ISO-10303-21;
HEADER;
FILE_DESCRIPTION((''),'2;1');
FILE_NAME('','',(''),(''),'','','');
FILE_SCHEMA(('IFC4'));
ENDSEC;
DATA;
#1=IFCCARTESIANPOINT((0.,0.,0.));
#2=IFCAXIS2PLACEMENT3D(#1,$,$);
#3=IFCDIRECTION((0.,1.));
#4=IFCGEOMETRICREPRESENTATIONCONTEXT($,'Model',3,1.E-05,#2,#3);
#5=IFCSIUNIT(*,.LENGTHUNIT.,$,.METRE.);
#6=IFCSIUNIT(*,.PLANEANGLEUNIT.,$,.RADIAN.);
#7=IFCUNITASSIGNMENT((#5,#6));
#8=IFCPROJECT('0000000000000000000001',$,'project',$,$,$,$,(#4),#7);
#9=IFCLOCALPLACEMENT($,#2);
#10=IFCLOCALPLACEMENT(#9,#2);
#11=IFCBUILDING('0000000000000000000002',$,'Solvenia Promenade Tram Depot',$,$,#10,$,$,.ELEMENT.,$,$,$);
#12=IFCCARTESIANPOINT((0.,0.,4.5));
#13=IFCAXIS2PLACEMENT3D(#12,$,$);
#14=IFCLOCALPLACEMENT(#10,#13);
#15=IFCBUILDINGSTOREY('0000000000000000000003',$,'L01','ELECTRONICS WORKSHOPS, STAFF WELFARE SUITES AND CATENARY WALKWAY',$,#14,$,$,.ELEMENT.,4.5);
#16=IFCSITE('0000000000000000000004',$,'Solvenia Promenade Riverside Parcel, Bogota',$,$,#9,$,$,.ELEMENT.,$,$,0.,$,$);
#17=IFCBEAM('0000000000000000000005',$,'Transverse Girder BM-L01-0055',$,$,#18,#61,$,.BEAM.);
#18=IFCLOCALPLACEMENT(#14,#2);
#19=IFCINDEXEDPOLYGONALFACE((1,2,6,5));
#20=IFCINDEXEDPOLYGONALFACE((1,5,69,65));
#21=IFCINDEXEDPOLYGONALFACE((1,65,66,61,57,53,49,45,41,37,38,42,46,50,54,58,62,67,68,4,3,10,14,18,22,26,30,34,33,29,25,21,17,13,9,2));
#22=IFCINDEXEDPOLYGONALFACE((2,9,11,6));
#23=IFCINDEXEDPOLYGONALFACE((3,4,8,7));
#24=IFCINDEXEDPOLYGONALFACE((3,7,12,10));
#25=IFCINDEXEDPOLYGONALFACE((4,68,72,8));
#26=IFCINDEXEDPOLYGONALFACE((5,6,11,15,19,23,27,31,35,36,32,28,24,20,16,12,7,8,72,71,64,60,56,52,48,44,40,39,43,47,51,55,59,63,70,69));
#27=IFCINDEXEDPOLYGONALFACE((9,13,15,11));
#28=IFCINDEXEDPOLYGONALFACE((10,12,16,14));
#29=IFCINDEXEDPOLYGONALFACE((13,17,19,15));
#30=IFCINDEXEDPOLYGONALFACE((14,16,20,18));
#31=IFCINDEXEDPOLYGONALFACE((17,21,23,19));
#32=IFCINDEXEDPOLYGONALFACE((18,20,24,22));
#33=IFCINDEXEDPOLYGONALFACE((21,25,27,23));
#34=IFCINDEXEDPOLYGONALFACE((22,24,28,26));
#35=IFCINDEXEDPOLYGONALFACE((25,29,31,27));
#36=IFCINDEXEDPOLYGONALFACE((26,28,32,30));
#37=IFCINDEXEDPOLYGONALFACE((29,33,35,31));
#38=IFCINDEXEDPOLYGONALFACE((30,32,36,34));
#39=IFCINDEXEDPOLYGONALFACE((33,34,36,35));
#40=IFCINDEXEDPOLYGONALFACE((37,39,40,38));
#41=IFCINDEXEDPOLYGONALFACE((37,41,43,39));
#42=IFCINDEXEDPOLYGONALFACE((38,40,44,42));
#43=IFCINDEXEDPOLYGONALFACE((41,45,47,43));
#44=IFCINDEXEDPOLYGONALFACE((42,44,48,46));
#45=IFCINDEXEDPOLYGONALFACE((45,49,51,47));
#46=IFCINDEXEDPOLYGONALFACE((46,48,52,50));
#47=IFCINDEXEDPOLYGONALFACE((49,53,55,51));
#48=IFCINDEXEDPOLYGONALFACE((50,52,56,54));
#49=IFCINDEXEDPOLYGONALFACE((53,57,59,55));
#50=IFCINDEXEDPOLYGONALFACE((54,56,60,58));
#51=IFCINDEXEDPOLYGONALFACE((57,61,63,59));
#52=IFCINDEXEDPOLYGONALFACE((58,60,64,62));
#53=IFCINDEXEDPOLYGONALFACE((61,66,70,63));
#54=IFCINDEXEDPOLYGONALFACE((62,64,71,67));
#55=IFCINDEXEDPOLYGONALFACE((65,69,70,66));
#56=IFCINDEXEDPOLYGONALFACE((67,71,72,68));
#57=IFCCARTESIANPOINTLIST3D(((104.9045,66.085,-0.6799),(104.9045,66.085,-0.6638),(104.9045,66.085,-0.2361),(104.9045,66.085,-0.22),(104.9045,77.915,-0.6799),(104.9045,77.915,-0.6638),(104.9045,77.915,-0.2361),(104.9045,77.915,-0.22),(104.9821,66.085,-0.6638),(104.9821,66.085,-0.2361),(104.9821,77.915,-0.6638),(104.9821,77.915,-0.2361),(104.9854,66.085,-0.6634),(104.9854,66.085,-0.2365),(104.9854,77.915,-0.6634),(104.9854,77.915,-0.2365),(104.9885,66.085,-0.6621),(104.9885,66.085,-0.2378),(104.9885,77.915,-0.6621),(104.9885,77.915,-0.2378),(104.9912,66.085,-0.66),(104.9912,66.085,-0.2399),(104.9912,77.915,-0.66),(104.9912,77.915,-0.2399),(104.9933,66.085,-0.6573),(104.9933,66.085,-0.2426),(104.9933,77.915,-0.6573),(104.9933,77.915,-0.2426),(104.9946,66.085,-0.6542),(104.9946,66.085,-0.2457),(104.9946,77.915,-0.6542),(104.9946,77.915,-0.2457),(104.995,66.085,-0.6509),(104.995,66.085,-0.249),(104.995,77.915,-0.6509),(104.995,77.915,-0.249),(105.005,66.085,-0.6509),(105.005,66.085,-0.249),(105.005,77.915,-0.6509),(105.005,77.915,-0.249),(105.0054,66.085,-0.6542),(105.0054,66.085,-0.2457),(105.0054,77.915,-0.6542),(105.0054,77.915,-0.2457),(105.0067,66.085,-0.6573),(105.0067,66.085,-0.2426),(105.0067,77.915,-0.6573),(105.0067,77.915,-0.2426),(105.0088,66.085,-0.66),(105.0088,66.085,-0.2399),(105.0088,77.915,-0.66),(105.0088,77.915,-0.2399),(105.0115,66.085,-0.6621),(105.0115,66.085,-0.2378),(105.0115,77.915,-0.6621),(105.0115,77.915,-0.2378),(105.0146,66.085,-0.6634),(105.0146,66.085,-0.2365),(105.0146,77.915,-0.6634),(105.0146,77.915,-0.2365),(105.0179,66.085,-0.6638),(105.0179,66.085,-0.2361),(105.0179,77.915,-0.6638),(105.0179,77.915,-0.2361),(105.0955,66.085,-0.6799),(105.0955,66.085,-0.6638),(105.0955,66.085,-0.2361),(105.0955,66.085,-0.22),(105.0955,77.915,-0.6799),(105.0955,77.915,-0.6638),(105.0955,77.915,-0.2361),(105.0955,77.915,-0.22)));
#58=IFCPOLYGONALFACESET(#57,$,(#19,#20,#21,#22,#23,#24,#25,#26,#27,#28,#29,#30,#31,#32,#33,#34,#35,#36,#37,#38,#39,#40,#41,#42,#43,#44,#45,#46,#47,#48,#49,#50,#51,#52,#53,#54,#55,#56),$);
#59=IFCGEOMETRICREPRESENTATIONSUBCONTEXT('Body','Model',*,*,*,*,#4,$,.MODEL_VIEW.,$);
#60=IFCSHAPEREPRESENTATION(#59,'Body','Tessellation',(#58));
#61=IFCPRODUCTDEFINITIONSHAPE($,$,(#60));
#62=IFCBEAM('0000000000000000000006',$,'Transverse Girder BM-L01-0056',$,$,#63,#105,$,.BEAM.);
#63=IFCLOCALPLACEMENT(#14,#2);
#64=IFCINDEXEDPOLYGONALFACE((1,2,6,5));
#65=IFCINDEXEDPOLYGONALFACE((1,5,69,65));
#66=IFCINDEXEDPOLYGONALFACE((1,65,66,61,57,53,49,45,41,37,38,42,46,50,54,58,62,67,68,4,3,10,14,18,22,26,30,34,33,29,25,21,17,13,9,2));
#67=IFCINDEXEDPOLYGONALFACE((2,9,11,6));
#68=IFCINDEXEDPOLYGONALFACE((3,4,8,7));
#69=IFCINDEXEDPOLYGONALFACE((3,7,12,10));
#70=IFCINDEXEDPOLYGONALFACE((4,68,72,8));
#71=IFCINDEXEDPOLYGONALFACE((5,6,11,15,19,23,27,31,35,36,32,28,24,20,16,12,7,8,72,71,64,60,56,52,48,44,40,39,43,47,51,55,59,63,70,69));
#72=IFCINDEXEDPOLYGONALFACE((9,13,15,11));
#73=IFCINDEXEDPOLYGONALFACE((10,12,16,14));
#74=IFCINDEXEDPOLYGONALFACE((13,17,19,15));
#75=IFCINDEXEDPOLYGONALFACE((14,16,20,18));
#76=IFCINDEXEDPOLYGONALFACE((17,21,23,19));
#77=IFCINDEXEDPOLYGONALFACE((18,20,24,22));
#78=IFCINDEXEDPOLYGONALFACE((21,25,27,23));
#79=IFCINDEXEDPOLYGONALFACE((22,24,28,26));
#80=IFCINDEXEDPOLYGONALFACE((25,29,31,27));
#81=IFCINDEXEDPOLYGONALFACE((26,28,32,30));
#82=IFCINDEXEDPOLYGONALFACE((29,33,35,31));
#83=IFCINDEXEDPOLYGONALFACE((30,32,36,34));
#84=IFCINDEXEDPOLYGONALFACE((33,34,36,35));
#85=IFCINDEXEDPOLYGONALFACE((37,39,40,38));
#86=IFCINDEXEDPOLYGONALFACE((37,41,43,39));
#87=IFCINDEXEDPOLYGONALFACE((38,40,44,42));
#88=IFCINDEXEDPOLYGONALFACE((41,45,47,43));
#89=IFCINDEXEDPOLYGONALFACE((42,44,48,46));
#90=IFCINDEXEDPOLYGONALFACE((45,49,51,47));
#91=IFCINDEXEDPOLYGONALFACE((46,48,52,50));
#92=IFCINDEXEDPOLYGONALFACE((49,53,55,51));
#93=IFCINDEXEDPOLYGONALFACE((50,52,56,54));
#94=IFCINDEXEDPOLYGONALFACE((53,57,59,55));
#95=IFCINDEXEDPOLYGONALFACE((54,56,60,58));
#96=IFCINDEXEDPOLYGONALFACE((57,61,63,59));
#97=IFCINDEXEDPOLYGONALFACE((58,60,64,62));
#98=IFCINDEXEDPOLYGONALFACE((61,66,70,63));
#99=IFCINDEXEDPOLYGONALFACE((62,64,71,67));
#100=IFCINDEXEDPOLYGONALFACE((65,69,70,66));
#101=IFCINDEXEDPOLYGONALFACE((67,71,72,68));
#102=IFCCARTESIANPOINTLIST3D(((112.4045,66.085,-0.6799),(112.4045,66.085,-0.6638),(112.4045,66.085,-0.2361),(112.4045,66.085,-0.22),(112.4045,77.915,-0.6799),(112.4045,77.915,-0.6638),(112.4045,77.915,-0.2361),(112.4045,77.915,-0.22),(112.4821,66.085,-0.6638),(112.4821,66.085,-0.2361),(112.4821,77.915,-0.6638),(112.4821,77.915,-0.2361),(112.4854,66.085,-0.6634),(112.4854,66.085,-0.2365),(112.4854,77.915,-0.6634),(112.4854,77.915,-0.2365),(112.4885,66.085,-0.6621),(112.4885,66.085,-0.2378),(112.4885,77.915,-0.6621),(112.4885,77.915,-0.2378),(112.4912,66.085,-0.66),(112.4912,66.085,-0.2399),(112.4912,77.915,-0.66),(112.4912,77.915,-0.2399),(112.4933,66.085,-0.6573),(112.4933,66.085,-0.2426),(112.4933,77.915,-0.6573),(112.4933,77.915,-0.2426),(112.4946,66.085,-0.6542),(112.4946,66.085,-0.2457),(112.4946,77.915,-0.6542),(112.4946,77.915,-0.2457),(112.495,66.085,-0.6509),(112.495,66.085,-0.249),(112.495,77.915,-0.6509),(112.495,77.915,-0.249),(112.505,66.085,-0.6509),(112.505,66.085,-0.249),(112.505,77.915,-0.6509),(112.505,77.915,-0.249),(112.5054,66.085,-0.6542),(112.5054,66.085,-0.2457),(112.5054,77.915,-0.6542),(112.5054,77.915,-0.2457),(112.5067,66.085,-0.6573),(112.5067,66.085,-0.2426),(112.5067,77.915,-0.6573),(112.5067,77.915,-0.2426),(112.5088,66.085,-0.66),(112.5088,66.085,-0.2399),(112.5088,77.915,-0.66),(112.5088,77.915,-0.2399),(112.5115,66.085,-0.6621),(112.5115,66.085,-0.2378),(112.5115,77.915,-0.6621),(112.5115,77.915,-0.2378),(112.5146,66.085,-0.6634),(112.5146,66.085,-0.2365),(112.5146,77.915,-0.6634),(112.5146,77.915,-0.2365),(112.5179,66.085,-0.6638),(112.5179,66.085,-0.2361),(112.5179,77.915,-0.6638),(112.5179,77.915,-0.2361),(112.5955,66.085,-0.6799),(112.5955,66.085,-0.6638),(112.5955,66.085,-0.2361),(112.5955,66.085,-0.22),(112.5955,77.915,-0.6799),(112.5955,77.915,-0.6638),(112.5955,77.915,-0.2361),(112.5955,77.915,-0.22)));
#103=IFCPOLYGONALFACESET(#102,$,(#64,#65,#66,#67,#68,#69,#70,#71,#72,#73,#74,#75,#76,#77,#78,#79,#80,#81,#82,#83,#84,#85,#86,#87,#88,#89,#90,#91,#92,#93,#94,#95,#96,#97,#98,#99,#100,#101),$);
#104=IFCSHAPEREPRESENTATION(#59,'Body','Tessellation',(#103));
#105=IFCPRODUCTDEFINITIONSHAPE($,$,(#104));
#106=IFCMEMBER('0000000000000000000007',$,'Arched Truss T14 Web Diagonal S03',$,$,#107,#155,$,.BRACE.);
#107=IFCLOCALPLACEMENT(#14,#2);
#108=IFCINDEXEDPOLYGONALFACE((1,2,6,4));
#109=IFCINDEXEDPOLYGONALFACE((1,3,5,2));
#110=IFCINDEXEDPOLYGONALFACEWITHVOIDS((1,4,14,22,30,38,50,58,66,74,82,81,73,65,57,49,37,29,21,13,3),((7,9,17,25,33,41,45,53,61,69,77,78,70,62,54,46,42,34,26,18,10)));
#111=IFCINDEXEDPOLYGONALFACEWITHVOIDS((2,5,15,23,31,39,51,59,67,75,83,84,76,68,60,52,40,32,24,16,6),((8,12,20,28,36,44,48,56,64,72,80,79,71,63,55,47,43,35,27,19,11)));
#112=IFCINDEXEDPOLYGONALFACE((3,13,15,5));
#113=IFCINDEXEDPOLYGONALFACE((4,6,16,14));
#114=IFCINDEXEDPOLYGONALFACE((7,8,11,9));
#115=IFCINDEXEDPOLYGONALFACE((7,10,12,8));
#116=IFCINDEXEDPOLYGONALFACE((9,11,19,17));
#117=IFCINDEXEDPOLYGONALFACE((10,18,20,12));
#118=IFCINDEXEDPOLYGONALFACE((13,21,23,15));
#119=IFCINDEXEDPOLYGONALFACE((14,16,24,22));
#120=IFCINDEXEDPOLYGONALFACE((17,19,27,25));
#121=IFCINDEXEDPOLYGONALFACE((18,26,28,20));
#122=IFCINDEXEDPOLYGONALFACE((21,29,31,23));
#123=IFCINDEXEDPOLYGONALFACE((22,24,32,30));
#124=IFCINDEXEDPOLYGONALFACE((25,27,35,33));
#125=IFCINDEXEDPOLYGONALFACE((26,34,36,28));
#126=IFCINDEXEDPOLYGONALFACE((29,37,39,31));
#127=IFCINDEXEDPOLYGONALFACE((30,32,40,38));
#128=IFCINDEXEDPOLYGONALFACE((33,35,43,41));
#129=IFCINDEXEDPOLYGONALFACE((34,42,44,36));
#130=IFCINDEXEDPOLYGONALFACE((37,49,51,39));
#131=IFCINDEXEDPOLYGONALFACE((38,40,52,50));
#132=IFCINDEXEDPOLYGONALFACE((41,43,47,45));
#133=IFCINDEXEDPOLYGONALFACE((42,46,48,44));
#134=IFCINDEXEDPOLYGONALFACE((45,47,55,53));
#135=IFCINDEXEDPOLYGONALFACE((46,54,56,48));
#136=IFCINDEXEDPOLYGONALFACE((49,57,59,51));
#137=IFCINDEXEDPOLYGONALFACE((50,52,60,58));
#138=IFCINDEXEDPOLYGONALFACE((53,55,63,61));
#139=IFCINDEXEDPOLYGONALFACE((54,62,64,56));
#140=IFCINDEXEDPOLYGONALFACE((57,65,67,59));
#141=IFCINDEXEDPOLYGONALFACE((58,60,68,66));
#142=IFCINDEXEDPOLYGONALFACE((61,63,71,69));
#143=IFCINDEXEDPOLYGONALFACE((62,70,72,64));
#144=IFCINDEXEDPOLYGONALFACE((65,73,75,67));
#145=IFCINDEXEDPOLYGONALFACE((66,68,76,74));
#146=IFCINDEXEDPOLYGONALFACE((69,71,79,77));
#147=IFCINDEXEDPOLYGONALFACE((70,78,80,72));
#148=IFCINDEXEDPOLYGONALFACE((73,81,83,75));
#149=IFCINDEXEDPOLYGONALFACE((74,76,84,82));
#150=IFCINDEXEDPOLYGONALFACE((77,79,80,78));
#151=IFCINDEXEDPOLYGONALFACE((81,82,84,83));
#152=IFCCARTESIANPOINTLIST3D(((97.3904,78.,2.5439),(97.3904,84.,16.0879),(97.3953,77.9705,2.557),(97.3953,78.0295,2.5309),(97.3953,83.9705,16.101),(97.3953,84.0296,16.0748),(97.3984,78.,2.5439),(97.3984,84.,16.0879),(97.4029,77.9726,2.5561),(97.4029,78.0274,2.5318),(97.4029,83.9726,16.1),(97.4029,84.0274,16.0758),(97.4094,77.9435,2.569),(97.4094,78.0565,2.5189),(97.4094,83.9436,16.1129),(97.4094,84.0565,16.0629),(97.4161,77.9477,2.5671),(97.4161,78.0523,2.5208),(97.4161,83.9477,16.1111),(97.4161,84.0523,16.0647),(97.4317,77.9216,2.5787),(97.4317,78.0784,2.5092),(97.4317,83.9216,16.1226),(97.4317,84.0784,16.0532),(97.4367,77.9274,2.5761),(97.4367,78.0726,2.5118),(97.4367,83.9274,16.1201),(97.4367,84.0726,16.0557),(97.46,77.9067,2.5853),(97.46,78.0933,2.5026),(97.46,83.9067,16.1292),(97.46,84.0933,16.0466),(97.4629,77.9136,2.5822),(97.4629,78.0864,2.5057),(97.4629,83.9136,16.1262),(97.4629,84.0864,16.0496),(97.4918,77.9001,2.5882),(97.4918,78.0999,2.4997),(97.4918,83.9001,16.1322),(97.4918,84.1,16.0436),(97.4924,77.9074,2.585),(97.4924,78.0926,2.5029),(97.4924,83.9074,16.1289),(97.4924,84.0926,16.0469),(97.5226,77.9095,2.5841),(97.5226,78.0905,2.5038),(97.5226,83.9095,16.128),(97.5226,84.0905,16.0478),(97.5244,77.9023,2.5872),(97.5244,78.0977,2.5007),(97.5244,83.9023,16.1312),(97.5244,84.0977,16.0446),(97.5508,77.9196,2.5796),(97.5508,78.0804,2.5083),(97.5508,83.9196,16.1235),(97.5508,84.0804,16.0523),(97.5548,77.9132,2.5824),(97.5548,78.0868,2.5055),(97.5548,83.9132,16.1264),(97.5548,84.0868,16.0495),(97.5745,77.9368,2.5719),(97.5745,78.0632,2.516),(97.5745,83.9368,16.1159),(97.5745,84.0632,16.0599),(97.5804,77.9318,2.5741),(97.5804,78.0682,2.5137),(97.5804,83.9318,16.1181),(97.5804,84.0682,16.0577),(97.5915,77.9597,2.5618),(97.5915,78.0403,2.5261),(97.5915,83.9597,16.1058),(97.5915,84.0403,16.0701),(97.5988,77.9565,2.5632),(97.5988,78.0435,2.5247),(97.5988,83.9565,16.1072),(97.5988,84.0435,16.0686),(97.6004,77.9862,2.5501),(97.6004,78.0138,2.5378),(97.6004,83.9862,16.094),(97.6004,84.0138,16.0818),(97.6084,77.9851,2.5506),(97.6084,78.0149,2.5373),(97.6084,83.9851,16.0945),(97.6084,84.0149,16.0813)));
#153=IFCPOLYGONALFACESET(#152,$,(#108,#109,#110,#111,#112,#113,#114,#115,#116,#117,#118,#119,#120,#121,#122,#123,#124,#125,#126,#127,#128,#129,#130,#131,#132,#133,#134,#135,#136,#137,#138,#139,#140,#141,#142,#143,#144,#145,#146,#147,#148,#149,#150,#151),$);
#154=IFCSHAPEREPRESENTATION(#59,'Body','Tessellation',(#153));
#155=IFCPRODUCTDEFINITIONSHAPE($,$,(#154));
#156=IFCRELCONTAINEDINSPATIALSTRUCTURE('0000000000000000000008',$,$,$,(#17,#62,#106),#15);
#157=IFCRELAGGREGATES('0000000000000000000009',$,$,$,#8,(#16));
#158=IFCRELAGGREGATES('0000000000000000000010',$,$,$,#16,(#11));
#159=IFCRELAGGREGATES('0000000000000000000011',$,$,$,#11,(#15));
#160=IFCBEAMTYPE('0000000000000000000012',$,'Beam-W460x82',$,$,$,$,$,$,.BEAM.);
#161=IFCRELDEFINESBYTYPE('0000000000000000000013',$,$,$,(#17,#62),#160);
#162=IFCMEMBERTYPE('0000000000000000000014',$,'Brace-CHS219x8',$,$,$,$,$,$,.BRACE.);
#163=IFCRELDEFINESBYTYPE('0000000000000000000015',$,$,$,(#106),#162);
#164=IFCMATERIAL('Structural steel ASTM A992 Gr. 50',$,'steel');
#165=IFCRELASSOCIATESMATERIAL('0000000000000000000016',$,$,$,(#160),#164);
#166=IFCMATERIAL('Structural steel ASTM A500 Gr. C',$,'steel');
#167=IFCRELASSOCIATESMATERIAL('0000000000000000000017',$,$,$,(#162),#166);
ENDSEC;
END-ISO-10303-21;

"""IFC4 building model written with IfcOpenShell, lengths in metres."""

from ifc_helpers import new_model, si_unit, direction, frame, origin, origin_2d, place, context, subcontext, project, spatial, hollow_circle, i_section, extrude, material, material_profile, profile_set, type_object, element, save


model = new_model("IFC4")

# Units and contexts
model_context = context("Model", 3, precision=1e-05, world=origin(), true_north=direction((0.0, 1.0)))
body_context = subcontext(model_context, "Body", "Model", "MODEL_VIEW")
ifc_project = project(units=[si_unit("LENGTHUNIT", "METRE"), si_unit("PLANEANGLEUNIT", "RADIAN")], contexts=[model_context])

# Site, building, storey
site_placement = place(None, origin())
site = spatial("IfcSite", under=ifc_project, at=site_placement, Name="Solvenia Promenade Riverside Parcel, Bogota", CompositionType="ELEMENT", RefElevation=0.0)
building_placement = place(site_placement, origin())
building = spatial("IfcBuilding", under=site, at=building_placement, Name="Solvenia Promenade Tram Depot", CompositionType="ELEMENT")
storey_placement = place(building_placement, frame((0.0, 0.0, 4.5)))
storey = spatial("IfcBuildingStorey", under=building, at=storey_placement, Name="L01", Description="ELECTRONICS WORKSHOPS, STAFF WELFARE SUITES AND CATENARY WALKWAY", CompositionType="ELEMENT", Elevation=4.5)

# Beams
ifc_material_1 = material(Name="Structural steel ASTM A992 Gr. 50", Category="steel")
ifc_material_profile_1 = material_profile(ifc_material_1, i_section(OverallWidth=0.1909, OverallDepth=0.46, WebThickness=0.01, FlangeThickness=0.0161, FilletRadius=0.0129, at=origin_2d()), Name="W460x82", Category="steel")
ifc_profile_set_1 = profile_set([ifc_material_profile_1], Name="Structural steel ASTM A992 Gr. 50")
beam_type_1 = type_object("IfcBeamType", Name="Beam-W460x82", PredefinedType="BEAM", material=ifc_profile_set_1)
for number, where, z_axis, x_axis, name in (
    (1, (105.0, 66.085, -0.45), (0.0, 1.0, 0.0), (-1.0, 0.0, 0.0), "Transverse Girder BM-L01-0055"),
    (2, (112.5, 66.085, -0.45), (0.0, 1.0, 0.0), (-1.0, 0.0, 0.0), "Transverse Girder BM-L01-0056"),
):
    element("IfcBeam", number, at=place(storey_placement, frame(where, z_axis=z_axis, x_axis=x_axis)), inside=storey, type_object=beam_type_1, Name=name, PredefinedType="BEAM", context=body_context, shape_type="SweptSolid", body=[
        extrude(i_section(OverallWidth=0.1909, OverallDepth=0.46, WebThickness=0.01, FlangeThickness=0.0161, FilletRadius=0.0129, at=origin_2d()), origin(), (0.0, 0.0, 1.0), 11.8301),
    ])

# Member
ifc_material_2 = material(Name="Structural steel ASTM A500 Gr. C", Category="steel")
ifc_material_profile_2 = material_profile(ifc_material_2, hollow_circle(Radius=0.1096, WallThickness=0.0081, at=origin_2d()), Name="CHS219.1x8", Category="steel")
ifc_profile_set_2 = profile_set([ifc_material_profile_2], Name="Structural steel ASTM A500 Gr. C")
member_type_1 = type_object("IfcMemberType", Name="Brace-CHS219x8", PredefinedType="BRACE", material=ifc_profile_set_2)
member_1_placement = place(storey_placement, frame((97.5, 78.0, 2.5439), z_axis=(0.0, 0.405037, 0.9143), x_axis=(-1.0, 0.0, 0.0)))
element("IfcMember", 3, at=member_1_placement, inside=storey, type_object=member_type_1, Name="Arched Truss T14 Web Diagonal S03", PredefinedType="BRACE", context=body_context, shape_type="SweptSolid", body=[
    extrude(hollow_circle(Radius=0.1096, WallThickness=0.0081, at=origin_2d()), origin(), (0.0, 0.0, 1.0), 14.8135),
])

save(model, "model.ifc")
